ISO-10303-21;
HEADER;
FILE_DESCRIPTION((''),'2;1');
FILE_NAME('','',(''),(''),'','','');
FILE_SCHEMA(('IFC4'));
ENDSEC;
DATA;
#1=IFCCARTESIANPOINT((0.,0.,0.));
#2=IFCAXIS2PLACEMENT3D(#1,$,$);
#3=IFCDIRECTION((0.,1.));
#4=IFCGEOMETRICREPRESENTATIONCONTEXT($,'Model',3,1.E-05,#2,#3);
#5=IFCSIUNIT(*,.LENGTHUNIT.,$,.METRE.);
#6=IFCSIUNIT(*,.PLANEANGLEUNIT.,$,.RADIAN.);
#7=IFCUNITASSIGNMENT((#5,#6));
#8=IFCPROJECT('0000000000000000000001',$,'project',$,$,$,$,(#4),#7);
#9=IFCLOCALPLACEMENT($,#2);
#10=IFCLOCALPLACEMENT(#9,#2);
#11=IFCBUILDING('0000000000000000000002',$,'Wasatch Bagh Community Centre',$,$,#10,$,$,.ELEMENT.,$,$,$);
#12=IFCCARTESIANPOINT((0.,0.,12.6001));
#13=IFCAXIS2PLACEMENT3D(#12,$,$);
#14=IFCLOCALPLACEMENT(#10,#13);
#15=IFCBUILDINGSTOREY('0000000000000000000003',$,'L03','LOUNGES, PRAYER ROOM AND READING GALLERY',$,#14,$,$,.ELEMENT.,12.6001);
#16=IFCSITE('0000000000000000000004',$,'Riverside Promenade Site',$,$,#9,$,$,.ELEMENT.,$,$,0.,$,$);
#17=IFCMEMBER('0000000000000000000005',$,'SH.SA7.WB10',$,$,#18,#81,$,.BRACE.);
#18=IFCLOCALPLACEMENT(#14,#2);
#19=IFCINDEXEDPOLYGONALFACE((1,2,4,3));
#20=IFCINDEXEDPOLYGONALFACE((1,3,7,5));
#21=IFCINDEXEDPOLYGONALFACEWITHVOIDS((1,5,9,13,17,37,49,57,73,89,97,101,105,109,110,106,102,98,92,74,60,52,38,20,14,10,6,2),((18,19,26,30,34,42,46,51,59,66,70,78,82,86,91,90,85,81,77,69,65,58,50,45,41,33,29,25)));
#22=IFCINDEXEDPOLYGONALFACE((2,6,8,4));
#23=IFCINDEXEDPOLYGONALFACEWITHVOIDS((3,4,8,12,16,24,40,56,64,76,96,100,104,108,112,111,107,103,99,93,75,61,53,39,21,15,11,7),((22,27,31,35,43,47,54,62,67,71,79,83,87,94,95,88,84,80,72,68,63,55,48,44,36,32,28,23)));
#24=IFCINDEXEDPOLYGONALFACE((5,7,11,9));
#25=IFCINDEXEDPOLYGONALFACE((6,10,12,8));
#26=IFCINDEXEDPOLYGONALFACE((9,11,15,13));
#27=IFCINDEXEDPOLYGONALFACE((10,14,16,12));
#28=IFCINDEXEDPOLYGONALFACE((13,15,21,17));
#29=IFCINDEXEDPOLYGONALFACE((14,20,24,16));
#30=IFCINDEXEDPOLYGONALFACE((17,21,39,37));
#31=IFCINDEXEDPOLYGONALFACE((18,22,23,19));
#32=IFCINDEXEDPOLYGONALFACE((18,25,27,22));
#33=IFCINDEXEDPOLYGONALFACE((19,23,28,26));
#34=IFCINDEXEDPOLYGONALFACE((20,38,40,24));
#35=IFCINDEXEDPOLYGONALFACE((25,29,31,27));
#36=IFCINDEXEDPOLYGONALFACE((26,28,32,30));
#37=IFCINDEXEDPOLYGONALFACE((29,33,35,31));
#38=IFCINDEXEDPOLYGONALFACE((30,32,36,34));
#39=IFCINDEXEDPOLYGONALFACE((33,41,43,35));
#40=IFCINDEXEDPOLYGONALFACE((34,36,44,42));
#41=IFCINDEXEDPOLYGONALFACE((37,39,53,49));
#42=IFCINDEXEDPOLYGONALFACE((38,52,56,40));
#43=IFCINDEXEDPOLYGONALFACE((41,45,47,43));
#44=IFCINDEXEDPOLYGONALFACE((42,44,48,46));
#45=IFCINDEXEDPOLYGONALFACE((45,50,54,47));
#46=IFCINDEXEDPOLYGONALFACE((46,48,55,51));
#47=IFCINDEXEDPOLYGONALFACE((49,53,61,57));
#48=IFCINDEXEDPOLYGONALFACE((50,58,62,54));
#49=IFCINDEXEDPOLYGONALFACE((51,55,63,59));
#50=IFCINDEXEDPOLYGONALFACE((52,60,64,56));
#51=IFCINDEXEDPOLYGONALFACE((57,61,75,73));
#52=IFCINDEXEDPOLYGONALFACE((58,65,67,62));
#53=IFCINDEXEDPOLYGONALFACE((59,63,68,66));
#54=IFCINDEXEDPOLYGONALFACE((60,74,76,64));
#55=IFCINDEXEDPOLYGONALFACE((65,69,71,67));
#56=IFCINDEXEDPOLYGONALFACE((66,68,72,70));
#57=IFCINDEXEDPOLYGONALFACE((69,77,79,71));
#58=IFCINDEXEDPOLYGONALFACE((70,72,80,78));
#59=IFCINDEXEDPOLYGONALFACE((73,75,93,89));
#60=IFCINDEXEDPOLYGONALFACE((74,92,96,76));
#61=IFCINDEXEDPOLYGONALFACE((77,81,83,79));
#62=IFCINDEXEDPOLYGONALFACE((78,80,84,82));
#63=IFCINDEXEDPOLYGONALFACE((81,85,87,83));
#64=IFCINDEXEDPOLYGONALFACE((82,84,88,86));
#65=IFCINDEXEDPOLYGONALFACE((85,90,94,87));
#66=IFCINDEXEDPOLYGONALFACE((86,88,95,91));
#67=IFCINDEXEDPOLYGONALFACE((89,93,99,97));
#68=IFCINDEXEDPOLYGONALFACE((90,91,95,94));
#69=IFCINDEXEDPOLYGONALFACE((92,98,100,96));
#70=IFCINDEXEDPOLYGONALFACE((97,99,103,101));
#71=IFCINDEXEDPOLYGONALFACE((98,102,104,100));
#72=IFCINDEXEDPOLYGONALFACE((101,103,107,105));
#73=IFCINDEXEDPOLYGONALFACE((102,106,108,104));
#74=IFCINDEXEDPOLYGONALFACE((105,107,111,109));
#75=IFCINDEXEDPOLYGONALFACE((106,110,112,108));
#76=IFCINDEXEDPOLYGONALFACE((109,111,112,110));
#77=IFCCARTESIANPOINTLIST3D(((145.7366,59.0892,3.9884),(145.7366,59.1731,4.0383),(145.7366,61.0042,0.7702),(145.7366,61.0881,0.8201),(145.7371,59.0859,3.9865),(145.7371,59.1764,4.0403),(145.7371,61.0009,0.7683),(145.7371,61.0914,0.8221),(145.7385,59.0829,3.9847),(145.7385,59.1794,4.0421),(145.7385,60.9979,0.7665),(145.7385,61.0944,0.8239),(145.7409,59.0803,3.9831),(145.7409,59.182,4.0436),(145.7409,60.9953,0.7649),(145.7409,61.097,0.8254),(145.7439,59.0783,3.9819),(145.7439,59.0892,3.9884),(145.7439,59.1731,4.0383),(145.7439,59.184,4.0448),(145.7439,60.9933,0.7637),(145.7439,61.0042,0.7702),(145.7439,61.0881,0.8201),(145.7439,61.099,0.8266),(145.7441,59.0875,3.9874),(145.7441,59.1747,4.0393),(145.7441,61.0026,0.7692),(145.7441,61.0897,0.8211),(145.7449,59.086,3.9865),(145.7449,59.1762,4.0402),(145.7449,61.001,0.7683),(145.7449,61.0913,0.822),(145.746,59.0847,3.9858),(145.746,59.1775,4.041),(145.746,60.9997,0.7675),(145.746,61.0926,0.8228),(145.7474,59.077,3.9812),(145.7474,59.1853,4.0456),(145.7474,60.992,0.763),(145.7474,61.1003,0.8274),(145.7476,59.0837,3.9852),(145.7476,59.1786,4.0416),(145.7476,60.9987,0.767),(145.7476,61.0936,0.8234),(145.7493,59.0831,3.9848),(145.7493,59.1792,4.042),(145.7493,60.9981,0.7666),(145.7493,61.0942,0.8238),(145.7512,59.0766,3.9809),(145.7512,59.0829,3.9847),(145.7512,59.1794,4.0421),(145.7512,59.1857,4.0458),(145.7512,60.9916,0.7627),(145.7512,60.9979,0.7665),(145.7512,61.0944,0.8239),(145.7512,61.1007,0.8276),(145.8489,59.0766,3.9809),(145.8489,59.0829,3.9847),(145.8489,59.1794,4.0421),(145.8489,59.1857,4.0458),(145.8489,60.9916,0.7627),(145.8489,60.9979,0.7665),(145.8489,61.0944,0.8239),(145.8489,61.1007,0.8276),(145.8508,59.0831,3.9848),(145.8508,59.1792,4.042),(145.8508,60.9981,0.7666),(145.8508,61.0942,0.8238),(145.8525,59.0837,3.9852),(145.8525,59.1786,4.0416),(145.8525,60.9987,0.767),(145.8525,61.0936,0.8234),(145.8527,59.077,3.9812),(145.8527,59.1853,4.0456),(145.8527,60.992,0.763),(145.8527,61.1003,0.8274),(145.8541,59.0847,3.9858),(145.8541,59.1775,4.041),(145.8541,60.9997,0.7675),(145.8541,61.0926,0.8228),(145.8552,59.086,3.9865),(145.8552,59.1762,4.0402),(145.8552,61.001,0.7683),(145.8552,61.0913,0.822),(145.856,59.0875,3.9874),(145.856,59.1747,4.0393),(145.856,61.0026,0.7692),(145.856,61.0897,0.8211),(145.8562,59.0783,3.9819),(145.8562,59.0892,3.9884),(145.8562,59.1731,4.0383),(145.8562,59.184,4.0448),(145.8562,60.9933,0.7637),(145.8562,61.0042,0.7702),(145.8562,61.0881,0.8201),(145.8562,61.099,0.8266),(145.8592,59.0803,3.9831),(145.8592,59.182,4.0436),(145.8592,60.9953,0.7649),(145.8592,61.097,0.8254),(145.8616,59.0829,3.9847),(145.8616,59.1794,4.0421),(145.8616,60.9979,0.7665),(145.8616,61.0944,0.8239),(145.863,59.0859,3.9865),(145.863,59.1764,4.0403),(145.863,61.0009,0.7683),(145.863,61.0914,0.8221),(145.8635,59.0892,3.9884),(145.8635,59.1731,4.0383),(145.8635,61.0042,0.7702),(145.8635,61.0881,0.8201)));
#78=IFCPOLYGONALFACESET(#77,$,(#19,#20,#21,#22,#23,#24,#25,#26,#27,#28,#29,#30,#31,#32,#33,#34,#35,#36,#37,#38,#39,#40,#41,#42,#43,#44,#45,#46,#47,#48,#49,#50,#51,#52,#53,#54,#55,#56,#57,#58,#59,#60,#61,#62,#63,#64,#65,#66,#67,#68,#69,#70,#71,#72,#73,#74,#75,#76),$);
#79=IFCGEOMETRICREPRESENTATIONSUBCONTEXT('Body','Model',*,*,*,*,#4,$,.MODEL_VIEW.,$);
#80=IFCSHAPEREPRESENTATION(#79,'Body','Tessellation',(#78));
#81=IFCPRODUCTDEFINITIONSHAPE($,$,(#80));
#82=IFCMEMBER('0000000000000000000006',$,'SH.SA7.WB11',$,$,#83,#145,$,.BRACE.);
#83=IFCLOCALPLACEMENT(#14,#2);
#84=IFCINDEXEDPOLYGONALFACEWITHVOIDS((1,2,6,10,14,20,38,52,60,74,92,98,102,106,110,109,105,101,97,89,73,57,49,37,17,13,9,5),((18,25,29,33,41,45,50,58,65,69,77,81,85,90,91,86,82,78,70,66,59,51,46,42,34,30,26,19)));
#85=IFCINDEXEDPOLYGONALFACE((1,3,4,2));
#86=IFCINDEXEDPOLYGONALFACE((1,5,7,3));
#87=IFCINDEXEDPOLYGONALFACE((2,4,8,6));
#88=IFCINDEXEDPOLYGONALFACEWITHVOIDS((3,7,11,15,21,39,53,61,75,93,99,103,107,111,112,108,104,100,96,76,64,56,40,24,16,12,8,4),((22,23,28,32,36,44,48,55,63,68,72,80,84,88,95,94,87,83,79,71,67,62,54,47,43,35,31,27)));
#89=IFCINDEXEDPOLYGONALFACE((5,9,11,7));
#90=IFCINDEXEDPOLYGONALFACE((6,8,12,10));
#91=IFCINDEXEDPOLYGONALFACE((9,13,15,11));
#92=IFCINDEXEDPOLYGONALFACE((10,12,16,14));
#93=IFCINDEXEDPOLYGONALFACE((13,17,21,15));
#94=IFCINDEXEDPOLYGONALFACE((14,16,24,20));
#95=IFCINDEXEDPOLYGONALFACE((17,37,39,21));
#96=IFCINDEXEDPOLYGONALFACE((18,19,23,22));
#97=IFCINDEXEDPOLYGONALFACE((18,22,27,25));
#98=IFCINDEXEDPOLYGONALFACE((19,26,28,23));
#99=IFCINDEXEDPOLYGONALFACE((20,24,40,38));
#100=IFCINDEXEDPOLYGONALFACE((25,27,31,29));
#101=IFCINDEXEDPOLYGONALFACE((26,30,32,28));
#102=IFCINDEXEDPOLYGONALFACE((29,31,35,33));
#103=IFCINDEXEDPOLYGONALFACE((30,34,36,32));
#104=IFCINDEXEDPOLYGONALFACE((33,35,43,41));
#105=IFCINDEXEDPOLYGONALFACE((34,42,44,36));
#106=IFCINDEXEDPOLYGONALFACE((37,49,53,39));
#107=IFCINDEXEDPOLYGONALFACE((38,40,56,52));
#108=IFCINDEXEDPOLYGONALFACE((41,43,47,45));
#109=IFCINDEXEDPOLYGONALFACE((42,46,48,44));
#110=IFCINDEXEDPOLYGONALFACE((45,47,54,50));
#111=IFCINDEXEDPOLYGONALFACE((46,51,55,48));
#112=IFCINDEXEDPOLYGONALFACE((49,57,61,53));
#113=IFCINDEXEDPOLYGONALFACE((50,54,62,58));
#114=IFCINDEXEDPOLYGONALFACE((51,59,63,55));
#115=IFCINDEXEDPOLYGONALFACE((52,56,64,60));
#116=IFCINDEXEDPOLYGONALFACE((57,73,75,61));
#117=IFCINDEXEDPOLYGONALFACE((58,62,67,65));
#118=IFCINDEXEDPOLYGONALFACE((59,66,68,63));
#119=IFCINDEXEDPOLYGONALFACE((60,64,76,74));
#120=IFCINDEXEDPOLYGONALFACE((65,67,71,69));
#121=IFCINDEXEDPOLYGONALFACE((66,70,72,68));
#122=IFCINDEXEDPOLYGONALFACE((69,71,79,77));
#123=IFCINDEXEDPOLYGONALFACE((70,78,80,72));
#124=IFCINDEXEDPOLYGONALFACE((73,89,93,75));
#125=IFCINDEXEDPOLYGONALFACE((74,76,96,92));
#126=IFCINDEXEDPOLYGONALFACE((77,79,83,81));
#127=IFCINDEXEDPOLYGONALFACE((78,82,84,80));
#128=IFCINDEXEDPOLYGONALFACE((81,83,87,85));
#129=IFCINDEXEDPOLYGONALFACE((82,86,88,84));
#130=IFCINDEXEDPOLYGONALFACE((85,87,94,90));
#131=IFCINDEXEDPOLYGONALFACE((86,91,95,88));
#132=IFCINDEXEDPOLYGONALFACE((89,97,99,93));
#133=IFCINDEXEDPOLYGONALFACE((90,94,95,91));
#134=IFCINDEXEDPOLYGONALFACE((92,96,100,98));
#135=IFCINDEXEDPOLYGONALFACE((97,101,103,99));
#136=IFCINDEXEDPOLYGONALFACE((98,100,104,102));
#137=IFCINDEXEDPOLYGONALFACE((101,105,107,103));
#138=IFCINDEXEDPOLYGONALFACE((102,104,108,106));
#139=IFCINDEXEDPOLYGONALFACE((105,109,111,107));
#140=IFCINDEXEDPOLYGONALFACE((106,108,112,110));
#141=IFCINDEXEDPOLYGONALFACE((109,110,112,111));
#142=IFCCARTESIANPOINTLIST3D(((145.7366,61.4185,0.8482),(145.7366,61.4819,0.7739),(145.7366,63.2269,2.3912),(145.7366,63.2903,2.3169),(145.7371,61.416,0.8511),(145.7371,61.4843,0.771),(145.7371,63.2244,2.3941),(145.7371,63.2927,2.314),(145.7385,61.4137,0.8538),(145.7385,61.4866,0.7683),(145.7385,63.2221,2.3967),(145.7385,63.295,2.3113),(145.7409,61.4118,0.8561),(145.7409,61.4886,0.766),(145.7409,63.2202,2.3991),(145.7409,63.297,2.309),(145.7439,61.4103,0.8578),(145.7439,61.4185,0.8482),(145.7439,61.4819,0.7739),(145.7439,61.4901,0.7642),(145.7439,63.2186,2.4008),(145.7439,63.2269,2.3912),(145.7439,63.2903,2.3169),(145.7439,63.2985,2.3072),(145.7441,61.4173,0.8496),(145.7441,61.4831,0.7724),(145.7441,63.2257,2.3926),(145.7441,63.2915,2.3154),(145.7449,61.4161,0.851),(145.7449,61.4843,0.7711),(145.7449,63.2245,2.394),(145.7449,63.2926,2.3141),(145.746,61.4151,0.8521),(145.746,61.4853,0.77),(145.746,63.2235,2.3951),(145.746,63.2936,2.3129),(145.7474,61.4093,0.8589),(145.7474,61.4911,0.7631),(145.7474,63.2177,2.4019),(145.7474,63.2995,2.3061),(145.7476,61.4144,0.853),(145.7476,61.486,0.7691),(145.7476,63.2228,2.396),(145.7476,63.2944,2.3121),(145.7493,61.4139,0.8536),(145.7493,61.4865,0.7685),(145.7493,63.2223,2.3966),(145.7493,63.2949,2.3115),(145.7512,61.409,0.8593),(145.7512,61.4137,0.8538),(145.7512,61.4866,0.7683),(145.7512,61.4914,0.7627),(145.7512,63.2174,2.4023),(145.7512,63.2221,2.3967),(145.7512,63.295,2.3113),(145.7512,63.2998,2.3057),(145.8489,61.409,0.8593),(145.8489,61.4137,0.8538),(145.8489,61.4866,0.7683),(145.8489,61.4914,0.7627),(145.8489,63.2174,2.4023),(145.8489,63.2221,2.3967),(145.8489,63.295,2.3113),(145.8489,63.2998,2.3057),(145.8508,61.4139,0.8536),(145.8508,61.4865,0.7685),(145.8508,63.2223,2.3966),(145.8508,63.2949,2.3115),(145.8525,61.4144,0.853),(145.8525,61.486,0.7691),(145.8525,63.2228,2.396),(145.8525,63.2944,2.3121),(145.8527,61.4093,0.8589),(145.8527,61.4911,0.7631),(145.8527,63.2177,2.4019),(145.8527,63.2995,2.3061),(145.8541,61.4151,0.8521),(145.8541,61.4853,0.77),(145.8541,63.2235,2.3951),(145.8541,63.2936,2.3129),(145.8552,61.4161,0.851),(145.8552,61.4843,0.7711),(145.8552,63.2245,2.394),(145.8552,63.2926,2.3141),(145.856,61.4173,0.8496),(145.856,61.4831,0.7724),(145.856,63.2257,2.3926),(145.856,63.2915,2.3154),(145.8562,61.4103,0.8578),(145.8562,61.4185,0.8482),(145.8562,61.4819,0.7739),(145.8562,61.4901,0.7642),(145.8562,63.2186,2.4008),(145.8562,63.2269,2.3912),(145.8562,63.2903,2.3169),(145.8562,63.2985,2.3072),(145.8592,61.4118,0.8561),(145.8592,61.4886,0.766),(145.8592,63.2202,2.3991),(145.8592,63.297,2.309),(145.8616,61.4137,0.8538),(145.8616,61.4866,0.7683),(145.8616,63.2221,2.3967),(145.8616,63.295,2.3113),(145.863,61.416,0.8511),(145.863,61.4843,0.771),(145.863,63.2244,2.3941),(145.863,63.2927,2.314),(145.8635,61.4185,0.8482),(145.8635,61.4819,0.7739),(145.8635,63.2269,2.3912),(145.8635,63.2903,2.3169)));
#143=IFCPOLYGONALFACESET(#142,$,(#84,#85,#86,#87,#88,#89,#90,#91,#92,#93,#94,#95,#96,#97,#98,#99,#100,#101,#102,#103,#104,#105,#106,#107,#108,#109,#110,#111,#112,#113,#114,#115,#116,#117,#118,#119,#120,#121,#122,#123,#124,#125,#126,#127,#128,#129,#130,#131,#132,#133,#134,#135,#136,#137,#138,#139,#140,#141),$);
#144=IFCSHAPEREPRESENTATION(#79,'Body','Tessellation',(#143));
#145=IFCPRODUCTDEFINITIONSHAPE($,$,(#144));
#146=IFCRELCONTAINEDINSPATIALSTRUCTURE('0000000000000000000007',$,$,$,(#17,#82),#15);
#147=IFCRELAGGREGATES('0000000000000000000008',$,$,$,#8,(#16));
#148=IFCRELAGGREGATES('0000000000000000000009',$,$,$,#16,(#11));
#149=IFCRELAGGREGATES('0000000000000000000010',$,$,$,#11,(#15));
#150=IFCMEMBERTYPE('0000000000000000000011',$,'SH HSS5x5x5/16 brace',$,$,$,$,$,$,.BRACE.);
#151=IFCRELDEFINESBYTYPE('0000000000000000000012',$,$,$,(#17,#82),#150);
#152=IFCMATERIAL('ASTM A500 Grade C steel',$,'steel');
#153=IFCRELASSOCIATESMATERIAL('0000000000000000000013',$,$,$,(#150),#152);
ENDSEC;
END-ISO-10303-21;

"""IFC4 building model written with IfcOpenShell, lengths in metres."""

from ifc_helpers import new_model, si_unit, direction, frame, origin, origin_2d, place, context, subcontext, project, spatial, hollow_rectangle, extrude, material, material_profile, profile_set, type_object, element, save


model = new_model("IFC4")

# Units and contexts
model_context = context("Model", 3, precision=1e-05, world=origin(), true_north=direction((0.0, 1.0)))
body_context = subcontext(model_context, "Body", "Model", "MODEL_VIEW")
ifc_project = project(units=[si_unit("LENGTHUNIT", "METRE"), si_unit("PLANEANGLEUNIT", "RADIAN")], contexts=[model_context])

# Site, building, storey
site_placement = place(None, origin())
site = spatial("IfcSite", under=ifc_project, at=site_placement, Name="Riverside Promenade Site", CompositionType="ELEMENT", RefElevation=0.0)
building_placement = place(site_placement, origin())
building = spatial("IfcBuilding", under=site, at=building_placement, Name="Wasatch Bagh Community Centre", CompositionType="ELEMENT")
storey_placement = place(building_placement, frame((0.0, 0.0, 12.6001)))
storey = spatial("IfcBuildingStorey", under=building, at=storey_placement, Name="L03", Description="LOUNGES, PRAYER ROOM AND READING GALLERY", CompositionType="ELEMENT", Elevation=12.6001)

# Members
ifc_material_1 = material(Name="ASTM A500 Grade C steel", Category="steel")
ifc_material_profile_1 = material_profile(ifc_material_1, hollow_rectangle(XDim=0.127, YDim=0.127, WallThickness=0.0073, InnerFilletRadius=0.0073, OuterFilletRadius=0.0146, at=origin_2d()), Name="HSS5x5x5/16")
ifc_profile_set_1 = profile_set([ifc_material_profile_1], Name="ASTM A500 Grade C steel")
member_type_1 = type_object("IfcMemberType", Name="SH HSS5x5x5/16 brace", PredefinedType="BRACE", material=ifc_profile_set_1)
member_1_placement = place(storey_placement, frame((145.8, 61.0461, 0.7952), z_axis=(0.0, -0.511367, 0.859362), x_axis=(1.0, 0.0, 0.0)))
element("IfcMember", 1, at=member_1_placement, inside=storey, type_object=member_type_1, Name="SH.SA7.WB10", PredefinedType="BRACE", context=body_context, shape_type="SweptSolid", body=[
    extrude(hollow_rectangle(XDim=0.127, YDim=0.127, WallThickness=0.0073, InnerFilletRadius=0.0073, OuterFilletRadius=0.0146, at=origin_2d()), origin(), (0.0, 0.0, 1.0), 3.7449),
])
member_2_placement = place(storey_placement, frame((145.8, 61.4502, 0.811), z_axis=(0.0, 0.760719, 0.649081), x_axis=(-1.0, 0.0, 0.0)))
element("IfcMember", 2, at=member_2_placement, inside=storey, type_object=member_type_1, Name="SH.SA7.WB11", PredefinedType="BRACE", context=body_context, shape_type="SweptSolid", body=[
    extrude(hollow_rectangle(XDim=0.127, YDim=0.127, WallThickness=0.0073, InnerFilletRadius=0.0073, OuterFilletRadius=0.0146, at=origin_2d()), origin(), (0.0, 0.0, 1.0), 2.3772),
])

save(model, "model.ifc")
